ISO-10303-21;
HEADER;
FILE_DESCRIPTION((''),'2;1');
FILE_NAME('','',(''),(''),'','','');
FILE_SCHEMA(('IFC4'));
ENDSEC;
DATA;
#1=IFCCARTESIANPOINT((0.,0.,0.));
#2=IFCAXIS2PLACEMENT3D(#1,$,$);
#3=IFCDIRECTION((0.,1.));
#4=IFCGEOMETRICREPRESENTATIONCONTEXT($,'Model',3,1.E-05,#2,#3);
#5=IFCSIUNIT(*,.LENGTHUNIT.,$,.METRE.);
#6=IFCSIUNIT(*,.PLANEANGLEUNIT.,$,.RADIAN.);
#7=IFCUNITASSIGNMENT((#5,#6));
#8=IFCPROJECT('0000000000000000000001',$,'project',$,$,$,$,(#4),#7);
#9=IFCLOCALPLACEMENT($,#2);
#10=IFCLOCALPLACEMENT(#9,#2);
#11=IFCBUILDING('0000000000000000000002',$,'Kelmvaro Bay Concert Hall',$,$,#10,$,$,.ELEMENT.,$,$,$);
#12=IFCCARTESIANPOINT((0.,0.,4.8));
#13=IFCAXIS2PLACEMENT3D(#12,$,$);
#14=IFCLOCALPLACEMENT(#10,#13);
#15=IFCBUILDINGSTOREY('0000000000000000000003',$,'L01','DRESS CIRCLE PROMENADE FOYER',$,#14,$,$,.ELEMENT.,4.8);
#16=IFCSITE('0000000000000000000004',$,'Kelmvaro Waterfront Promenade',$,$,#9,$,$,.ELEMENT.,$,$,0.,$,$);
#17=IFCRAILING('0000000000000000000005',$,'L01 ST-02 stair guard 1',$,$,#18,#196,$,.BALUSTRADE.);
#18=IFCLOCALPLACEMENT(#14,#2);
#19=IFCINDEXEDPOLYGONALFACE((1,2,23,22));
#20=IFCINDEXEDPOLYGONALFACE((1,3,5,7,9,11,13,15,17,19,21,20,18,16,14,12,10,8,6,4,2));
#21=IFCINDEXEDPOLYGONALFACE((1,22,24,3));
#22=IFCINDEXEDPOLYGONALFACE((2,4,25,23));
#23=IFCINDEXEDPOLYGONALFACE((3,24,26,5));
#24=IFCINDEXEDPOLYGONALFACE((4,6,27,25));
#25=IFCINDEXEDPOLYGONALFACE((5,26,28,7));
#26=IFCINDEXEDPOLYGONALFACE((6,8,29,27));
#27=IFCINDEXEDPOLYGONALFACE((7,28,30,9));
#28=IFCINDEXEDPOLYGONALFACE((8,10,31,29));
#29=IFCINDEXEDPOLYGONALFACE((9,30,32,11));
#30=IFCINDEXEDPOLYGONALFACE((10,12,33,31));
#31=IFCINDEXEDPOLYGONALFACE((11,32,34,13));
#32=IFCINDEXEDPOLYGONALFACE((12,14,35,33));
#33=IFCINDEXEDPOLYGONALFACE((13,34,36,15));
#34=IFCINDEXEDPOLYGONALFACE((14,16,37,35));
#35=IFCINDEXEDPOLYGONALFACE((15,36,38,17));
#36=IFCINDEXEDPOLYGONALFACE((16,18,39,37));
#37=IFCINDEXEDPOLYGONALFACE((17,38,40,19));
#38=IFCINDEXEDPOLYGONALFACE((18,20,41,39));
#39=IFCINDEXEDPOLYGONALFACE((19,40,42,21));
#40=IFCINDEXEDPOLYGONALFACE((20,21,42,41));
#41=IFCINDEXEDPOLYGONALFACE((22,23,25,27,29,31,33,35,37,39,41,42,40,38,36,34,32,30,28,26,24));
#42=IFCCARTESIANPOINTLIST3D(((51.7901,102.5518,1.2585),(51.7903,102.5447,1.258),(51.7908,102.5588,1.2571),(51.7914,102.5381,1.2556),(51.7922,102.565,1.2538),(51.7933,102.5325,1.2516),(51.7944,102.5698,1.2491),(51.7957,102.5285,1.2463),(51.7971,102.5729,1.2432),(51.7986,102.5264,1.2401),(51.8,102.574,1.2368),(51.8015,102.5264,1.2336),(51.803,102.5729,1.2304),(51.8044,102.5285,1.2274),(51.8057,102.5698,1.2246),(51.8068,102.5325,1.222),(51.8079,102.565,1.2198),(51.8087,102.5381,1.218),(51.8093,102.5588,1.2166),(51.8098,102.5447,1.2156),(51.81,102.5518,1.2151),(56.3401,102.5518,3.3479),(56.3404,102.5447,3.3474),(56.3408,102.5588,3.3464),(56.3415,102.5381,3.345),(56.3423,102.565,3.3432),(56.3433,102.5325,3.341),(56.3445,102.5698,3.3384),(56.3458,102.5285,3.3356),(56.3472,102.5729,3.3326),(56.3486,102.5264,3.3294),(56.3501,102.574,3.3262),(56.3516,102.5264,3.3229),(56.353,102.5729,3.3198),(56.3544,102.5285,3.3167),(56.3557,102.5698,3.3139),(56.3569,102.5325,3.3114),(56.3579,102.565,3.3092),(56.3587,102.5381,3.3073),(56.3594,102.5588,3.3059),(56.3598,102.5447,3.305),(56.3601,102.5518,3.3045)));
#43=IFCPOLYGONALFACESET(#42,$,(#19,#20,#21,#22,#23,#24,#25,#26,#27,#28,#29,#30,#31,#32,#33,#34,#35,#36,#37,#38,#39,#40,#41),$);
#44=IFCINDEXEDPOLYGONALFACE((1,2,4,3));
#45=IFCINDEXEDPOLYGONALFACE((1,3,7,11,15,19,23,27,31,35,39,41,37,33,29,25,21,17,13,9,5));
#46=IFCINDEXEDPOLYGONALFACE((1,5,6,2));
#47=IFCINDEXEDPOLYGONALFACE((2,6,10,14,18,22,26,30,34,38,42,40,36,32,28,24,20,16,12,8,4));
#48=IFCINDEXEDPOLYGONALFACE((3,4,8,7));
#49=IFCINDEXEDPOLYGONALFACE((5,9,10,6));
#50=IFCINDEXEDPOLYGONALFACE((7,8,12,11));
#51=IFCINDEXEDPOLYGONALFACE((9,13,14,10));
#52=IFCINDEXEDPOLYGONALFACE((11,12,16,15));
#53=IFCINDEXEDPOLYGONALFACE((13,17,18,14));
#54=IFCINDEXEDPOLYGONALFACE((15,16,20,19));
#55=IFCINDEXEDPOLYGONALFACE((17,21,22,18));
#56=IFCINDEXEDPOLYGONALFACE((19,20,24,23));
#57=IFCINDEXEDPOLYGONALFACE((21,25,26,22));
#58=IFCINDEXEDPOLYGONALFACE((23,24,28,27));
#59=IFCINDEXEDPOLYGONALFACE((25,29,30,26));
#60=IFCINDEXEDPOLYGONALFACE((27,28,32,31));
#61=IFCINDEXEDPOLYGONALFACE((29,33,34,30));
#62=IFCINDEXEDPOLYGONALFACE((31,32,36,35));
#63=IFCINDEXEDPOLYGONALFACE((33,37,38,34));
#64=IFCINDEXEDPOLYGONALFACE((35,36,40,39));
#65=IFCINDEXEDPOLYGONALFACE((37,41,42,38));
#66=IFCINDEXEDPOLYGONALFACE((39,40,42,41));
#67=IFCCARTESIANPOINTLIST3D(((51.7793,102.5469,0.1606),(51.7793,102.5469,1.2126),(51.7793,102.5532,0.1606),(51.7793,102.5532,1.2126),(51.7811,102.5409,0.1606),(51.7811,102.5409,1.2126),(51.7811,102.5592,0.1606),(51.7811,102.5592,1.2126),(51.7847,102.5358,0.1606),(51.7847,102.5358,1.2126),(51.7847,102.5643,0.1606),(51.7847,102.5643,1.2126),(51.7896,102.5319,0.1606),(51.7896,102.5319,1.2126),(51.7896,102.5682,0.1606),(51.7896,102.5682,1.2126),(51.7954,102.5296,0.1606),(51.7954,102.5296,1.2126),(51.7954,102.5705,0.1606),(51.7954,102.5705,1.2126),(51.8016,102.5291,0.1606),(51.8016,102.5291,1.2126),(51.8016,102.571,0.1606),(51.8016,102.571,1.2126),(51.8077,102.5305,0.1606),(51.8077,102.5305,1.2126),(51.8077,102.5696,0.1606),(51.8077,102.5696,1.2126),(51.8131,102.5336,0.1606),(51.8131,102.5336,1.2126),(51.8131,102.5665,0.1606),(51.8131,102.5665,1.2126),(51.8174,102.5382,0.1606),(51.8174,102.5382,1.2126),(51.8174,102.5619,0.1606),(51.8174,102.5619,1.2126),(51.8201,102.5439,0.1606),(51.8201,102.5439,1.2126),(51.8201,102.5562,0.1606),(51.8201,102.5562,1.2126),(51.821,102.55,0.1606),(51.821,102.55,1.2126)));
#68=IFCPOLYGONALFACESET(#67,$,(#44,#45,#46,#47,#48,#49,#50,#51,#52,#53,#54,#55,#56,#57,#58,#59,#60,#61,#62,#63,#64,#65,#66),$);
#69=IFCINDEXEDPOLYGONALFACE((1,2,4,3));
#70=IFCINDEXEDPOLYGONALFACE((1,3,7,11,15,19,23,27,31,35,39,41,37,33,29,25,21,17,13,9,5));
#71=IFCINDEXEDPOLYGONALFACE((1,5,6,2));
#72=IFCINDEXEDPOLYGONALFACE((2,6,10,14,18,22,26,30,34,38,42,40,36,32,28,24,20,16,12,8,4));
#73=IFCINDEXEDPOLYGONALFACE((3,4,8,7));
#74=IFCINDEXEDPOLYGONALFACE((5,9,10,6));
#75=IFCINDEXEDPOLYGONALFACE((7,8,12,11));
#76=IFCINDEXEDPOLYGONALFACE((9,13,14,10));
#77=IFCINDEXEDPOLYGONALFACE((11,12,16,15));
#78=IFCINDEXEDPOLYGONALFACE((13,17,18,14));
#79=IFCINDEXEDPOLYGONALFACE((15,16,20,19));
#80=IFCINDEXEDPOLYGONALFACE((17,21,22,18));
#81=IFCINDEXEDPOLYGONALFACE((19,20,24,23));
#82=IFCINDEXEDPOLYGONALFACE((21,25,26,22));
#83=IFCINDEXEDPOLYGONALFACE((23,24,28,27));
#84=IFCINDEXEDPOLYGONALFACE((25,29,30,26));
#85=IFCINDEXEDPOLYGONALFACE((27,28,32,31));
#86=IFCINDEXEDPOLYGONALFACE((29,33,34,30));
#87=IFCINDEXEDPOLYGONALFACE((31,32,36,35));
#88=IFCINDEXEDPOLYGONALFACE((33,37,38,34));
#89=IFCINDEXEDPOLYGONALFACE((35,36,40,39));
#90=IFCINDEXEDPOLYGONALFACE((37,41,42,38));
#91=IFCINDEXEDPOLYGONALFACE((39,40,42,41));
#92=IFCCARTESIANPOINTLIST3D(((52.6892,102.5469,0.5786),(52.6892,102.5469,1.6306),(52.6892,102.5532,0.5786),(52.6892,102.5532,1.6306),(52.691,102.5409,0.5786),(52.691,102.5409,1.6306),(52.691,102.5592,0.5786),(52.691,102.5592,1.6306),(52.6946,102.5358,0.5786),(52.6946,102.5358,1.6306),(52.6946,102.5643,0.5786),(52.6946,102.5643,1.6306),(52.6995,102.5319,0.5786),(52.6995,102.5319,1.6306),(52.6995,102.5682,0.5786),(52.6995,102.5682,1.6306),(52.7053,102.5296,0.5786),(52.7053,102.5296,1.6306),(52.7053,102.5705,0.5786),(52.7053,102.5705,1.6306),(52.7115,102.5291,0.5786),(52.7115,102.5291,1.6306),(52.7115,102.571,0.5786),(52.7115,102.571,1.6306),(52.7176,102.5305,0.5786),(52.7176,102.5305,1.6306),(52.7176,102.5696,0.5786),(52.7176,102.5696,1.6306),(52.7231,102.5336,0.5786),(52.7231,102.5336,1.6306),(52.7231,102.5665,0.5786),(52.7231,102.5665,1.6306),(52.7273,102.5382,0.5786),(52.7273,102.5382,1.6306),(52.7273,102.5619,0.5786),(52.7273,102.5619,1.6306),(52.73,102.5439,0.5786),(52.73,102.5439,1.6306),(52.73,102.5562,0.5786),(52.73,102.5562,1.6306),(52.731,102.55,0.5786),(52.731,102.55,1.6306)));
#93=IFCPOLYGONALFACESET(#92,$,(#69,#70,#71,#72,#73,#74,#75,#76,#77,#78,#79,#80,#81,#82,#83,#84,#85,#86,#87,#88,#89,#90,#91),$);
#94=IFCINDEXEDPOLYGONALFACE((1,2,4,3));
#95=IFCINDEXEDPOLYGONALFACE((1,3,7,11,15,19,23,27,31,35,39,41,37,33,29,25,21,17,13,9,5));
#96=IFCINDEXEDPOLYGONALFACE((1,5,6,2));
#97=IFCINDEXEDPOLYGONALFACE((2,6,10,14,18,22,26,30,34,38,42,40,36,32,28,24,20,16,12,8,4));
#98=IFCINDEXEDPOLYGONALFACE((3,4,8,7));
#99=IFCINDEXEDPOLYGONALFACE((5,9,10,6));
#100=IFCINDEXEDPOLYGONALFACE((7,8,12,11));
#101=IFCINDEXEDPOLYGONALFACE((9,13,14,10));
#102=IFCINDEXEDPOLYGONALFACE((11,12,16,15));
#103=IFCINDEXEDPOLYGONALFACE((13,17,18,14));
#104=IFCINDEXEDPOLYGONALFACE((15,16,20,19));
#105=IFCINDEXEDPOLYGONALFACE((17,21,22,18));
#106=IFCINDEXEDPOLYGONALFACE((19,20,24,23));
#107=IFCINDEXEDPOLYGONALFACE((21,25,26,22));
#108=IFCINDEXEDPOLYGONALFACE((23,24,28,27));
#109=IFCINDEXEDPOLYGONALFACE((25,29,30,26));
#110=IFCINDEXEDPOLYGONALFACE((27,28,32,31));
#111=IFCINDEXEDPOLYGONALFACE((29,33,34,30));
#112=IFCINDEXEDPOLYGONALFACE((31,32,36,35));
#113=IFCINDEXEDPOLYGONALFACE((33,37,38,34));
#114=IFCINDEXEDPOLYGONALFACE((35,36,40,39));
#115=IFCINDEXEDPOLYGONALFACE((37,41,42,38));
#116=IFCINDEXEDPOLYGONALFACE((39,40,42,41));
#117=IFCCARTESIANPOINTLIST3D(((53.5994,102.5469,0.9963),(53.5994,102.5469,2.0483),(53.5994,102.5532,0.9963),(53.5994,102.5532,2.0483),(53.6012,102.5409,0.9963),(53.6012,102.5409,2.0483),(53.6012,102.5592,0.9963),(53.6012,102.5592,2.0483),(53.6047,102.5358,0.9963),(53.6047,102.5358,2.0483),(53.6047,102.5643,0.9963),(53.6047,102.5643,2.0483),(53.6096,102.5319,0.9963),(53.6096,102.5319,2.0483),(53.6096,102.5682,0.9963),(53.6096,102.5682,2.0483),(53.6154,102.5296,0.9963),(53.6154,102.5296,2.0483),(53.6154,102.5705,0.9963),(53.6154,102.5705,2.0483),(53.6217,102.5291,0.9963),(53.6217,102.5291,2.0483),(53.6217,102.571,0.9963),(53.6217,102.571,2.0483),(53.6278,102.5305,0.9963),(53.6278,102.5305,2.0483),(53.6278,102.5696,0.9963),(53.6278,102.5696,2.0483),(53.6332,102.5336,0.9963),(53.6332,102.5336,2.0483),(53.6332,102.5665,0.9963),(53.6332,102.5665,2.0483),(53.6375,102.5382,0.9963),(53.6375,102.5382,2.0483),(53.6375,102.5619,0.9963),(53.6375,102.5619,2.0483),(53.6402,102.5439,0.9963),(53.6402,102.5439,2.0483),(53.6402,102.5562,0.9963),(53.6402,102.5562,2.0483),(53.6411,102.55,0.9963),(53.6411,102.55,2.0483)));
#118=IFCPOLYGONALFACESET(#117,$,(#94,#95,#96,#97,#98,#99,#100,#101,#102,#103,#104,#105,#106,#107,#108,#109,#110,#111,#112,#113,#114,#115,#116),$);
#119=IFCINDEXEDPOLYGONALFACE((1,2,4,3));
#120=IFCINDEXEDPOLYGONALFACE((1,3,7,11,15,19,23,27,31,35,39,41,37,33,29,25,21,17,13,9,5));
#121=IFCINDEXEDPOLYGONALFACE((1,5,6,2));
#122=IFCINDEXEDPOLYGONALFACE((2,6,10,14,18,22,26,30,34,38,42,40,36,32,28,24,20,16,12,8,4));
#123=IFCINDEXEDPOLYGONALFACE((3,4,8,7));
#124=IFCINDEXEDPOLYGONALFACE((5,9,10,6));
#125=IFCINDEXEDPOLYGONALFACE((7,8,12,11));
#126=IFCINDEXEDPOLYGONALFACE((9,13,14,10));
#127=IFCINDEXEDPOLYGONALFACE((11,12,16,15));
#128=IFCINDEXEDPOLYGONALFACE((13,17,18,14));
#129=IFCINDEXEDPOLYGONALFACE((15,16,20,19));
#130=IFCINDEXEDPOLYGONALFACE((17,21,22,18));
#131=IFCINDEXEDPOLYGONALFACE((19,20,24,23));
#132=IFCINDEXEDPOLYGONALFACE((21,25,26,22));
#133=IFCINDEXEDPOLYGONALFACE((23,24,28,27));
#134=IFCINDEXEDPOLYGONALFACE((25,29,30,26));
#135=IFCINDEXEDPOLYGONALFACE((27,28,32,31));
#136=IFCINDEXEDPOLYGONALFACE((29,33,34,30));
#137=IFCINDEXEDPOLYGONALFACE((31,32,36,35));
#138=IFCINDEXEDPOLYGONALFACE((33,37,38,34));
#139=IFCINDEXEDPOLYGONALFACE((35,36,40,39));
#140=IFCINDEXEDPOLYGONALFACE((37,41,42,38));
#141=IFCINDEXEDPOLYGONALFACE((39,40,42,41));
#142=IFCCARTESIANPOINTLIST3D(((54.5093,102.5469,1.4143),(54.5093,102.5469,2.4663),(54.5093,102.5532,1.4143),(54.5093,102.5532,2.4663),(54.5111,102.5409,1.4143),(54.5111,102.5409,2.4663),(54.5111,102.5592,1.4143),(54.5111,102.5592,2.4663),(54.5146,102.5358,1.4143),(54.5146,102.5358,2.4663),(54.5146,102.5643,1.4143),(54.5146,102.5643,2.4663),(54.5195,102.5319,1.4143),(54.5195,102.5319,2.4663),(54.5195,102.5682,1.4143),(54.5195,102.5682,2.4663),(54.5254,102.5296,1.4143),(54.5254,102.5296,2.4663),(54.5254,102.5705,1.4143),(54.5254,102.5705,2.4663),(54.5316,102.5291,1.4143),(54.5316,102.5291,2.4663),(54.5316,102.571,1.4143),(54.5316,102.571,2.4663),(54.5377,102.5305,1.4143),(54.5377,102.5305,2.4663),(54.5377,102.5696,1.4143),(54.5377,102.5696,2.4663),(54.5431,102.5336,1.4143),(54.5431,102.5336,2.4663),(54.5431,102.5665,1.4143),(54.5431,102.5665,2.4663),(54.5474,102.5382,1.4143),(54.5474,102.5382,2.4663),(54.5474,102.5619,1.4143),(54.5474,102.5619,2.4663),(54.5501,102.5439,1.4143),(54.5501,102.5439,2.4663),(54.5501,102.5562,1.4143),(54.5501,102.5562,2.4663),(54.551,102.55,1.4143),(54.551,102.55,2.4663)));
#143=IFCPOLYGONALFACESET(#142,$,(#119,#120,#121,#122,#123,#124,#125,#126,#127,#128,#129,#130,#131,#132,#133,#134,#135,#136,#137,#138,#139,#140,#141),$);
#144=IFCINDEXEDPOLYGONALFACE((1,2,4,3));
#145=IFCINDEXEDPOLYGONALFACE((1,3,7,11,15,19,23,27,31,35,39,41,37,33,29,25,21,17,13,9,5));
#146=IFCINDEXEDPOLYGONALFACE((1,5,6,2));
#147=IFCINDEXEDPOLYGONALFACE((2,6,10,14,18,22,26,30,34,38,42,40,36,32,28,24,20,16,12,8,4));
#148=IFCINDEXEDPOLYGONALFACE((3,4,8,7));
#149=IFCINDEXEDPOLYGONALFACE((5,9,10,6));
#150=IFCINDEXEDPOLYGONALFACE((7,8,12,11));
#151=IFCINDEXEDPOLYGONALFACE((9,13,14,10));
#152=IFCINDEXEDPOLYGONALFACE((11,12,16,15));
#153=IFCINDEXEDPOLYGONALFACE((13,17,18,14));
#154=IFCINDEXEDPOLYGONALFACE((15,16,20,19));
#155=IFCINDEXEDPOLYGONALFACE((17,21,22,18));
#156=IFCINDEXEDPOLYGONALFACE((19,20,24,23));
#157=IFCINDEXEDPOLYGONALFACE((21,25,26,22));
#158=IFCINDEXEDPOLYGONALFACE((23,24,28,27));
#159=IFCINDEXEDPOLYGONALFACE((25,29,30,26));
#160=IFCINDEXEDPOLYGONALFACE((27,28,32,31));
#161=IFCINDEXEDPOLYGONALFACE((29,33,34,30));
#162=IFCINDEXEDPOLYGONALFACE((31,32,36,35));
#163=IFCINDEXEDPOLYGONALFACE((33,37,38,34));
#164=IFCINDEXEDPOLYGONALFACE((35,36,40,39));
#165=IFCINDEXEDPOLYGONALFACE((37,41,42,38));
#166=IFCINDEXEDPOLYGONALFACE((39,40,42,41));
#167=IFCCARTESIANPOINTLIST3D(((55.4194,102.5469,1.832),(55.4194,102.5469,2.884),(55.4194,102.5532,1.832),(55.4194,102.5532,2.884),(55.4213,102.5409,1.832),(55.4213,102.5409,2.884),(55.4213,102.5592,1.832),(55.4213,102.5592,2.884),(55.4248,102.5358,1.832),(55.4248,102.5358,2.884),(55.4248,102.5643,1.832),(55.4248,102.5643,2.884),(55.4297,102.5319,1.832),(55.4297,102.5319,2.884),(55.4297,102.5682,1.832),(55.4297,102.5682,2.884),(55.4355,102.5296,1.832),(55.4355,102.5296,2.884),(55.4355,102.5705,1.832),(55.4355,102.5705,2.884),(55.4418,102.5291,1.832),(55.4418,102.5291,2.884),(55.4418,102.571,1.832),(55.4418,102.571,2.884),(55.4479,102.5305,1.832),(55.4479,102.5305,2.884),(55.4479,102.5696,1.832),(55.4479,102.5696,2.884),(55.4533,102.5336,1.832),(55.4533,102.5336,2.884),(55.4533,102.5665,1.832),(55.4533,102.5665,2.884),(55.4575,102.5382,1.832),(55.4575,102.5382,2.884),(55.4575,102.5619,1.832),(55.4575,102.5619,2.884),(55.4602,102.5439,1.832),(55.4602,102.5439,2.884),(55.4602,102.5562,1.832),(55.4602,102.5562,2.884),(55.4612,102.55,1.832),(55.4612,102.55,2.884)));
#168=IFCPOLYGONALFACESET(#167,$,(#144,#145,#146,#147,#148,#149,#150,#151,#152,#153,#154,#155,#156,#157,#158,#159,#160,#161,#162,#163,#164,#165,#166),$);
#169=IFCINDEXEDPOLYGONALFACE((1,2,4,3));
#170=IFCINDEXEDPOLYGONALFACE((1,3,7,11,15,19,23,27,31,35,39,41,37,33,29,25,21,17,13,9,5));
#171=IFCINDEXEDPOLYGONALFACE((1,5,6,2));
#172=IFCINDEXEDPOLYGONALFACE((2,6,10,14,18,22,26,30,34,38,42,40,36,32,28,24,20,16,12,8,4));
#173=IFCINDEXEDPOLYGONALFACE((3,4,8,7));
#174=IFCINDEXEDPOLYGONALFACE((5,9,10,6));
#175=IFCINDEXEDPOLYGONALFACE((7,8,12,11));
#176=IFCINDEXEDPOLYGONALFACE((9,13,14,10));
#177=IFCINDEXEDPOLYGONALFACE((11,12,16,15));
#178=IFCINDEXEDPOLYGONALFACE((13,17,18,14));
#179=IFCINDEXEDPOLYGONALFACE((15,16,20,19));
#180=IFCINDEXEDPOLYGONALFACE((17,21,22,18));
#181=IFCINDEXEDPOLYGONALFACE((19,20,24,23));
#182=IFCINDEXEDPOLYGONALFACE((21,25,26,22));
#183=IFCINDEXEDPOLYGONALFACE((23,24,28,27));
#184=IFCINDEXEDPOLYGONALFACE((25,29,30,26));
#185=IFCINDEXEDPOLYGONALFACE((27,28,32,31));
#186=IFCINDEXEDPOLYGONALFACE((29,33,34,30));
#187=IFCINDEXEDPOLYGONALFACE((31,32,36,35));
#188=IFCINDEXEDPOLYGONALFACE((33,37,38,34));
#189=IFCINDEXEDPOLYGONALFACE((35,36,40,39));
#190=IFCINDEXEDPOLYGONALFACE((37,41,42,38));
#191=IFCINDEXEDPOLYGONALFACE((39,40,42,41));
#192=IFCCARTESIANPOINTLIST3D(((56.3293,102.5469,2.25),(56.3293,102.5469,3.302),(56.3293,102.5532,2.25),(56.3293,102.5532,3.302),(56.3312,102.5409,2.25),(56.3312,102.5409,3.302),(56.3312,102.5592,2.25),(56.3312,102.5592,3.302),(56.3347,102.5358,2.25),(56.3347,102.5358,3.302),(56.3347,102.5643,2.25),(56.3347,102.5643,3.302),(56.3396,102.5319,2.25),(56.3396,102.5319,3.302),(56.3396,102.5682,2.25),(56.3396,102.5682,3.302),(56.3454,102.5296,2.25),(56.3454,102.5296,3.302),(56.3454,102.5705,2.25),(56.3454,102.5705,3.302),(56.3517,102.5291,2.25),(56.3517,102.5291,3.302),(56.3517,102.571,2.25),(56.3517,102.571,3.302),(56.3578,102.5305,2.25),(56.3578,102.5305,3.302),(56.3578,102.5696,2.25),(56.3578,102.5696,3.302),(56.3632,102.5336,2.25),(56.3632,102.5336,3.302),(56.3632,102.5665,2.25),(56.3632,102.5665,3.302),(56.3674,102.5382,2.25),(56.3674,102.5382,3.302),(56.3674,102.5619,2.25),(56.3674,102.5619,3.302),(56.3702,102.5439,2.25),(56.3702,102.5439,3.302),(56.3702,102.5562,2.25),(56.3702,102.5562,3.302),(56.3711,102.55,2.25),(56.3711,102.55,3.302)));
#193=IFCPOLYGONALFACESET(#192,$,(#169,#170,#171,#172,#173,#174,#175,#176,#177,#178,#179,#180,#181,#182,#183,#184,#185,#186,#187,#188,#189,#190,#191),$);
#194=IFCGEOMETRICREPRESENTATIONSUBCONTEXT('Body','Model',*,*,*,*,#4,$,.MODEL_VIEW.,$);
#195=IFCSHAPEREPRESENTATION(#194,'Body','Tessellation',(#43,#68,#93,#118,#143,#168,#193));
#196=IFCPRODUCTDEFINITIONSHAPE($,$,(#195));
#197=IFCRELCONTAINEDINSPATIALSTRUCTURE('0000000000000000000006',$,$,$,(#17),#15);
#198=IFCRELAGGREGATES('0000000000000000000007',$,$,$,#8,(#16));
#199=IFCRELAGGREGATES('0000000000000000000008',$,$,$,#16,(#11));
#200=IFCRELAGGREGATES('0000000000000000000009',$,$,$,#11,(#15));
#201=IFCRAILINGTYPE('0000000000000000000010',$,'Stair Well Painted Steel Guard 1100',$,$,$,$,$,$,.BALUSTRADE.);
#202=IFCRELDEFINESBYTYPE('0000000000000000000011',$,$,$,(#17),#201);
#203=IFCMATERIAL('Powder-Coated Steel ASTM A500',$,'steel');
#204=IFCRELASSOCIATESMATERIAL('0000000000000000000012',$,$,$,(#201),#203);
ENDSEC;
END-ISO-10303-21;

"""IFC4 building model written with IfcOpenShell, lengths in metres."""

from ifc_helpers import new_model, si_unit, direction, frame, origin, origin_2d, place, context, subcontext, project, spatial, circle, extrude, material, type_object, element, save


model = new_model("IFC4")

# Units and contexts
model_context = context("Model", 3, precision=1e-05, world=origin(), true_north=direction((0.0, 1.0)))
body_context = subcontext(model_context, "Body", "Model", "MODEL_VIEW")
ifc_project = project(units=[si_unit("LENGTHUNIT", "METRE"), si_unit("PLANEANGLEUNIT", "RADIAN")], contexts=[model_context])

# Site, building, storey
site_placement = place(None, origin())
site = spatial("IfcSite", under=ifc_project, at=site_placement, Name="Kelmvaro Waterfront Promenade", CompositionType="ELEMENT", RefElevation=0.0)
building_placement = place(site_placement, origin())
building = spatial("IfcBuilding", under=site, at=building_placement, Name="Kelmvaro Bay Concert Hall", CompositionType="ELEMENT")
storey_placement = place(building_placement, frame((0.0, 0.0, 4.8)))
storey = spatial("IfcBuildingStorey", under=building, at=storey_placement, Name="L01", Description="DRESS CIRCLE PROMENADE FOYER", CompositionType="ELEMENT", Elevation=4.8)

# Railing
ifc_material_1 = material(Name="Powder-Coated Steel ASTM A500", Category="steel")
railing_type_1 = type_object("IfcRailingType", Name="Stair Well Painted Steel Guard 1100", PredefinedType="BALUSTRADE", material=ifc_material_1)
railing_1_placement = place(storey_placement, frame((51.8, 102.55, 0.1606)))
element("IfcRailing", 1, at=railing_1_placement, inside=storey, type_object=railing_type_1, Name="L01 ST-02 stair guard 1", PredefinedType="BALUSTRADE", context=body_context, shape_type="SweptSolid", body=[
    extrude(circle(Radius=0.0239, at=origin_2d()), frame((0.0, 0.0, 1.0762), z_axis=(0.908768, 0.0, 0.417301), x_axis=(0.0, 1.0, 0.0)), (0.0, 0.0, 1.0), 5.0068),
    extrude(circle(Radius=0.021, at=origin_2d()), origin(), (0.0, 0.0, 1.0), 1.052),
    extrude(circle(Radius=0.021, at=origin_2d()), frame((0.9099, 0.0, 0.418)), (0.0, 0.0, 1.0), 1.052),
    extrude(circle(Radius=0.021, at=origin_2d()), frame((1.8201, 0.0, 0.8357)), (0.0, 0.0, 1.0), 1.052),
    extrude(circle(Radius=0.021, at=origin_2d()), frame((2.73, 0.0, 1.2537)), (0.0, 0.0, 1.0), 1.052),
    extrude(circle(Radius=0.021, at=origin_2d()), frame((3.6401, 0.0, 1.6714)), (0.0, 0.0, 1.0), 1.052),
    extrude(circle(Radius=0.021, at=origin_2d()), frame((4.55, 0.0, 2.0894)), (0.0, 0.0, 1.0), 1.052),
])

save(model, "model.ifc")
